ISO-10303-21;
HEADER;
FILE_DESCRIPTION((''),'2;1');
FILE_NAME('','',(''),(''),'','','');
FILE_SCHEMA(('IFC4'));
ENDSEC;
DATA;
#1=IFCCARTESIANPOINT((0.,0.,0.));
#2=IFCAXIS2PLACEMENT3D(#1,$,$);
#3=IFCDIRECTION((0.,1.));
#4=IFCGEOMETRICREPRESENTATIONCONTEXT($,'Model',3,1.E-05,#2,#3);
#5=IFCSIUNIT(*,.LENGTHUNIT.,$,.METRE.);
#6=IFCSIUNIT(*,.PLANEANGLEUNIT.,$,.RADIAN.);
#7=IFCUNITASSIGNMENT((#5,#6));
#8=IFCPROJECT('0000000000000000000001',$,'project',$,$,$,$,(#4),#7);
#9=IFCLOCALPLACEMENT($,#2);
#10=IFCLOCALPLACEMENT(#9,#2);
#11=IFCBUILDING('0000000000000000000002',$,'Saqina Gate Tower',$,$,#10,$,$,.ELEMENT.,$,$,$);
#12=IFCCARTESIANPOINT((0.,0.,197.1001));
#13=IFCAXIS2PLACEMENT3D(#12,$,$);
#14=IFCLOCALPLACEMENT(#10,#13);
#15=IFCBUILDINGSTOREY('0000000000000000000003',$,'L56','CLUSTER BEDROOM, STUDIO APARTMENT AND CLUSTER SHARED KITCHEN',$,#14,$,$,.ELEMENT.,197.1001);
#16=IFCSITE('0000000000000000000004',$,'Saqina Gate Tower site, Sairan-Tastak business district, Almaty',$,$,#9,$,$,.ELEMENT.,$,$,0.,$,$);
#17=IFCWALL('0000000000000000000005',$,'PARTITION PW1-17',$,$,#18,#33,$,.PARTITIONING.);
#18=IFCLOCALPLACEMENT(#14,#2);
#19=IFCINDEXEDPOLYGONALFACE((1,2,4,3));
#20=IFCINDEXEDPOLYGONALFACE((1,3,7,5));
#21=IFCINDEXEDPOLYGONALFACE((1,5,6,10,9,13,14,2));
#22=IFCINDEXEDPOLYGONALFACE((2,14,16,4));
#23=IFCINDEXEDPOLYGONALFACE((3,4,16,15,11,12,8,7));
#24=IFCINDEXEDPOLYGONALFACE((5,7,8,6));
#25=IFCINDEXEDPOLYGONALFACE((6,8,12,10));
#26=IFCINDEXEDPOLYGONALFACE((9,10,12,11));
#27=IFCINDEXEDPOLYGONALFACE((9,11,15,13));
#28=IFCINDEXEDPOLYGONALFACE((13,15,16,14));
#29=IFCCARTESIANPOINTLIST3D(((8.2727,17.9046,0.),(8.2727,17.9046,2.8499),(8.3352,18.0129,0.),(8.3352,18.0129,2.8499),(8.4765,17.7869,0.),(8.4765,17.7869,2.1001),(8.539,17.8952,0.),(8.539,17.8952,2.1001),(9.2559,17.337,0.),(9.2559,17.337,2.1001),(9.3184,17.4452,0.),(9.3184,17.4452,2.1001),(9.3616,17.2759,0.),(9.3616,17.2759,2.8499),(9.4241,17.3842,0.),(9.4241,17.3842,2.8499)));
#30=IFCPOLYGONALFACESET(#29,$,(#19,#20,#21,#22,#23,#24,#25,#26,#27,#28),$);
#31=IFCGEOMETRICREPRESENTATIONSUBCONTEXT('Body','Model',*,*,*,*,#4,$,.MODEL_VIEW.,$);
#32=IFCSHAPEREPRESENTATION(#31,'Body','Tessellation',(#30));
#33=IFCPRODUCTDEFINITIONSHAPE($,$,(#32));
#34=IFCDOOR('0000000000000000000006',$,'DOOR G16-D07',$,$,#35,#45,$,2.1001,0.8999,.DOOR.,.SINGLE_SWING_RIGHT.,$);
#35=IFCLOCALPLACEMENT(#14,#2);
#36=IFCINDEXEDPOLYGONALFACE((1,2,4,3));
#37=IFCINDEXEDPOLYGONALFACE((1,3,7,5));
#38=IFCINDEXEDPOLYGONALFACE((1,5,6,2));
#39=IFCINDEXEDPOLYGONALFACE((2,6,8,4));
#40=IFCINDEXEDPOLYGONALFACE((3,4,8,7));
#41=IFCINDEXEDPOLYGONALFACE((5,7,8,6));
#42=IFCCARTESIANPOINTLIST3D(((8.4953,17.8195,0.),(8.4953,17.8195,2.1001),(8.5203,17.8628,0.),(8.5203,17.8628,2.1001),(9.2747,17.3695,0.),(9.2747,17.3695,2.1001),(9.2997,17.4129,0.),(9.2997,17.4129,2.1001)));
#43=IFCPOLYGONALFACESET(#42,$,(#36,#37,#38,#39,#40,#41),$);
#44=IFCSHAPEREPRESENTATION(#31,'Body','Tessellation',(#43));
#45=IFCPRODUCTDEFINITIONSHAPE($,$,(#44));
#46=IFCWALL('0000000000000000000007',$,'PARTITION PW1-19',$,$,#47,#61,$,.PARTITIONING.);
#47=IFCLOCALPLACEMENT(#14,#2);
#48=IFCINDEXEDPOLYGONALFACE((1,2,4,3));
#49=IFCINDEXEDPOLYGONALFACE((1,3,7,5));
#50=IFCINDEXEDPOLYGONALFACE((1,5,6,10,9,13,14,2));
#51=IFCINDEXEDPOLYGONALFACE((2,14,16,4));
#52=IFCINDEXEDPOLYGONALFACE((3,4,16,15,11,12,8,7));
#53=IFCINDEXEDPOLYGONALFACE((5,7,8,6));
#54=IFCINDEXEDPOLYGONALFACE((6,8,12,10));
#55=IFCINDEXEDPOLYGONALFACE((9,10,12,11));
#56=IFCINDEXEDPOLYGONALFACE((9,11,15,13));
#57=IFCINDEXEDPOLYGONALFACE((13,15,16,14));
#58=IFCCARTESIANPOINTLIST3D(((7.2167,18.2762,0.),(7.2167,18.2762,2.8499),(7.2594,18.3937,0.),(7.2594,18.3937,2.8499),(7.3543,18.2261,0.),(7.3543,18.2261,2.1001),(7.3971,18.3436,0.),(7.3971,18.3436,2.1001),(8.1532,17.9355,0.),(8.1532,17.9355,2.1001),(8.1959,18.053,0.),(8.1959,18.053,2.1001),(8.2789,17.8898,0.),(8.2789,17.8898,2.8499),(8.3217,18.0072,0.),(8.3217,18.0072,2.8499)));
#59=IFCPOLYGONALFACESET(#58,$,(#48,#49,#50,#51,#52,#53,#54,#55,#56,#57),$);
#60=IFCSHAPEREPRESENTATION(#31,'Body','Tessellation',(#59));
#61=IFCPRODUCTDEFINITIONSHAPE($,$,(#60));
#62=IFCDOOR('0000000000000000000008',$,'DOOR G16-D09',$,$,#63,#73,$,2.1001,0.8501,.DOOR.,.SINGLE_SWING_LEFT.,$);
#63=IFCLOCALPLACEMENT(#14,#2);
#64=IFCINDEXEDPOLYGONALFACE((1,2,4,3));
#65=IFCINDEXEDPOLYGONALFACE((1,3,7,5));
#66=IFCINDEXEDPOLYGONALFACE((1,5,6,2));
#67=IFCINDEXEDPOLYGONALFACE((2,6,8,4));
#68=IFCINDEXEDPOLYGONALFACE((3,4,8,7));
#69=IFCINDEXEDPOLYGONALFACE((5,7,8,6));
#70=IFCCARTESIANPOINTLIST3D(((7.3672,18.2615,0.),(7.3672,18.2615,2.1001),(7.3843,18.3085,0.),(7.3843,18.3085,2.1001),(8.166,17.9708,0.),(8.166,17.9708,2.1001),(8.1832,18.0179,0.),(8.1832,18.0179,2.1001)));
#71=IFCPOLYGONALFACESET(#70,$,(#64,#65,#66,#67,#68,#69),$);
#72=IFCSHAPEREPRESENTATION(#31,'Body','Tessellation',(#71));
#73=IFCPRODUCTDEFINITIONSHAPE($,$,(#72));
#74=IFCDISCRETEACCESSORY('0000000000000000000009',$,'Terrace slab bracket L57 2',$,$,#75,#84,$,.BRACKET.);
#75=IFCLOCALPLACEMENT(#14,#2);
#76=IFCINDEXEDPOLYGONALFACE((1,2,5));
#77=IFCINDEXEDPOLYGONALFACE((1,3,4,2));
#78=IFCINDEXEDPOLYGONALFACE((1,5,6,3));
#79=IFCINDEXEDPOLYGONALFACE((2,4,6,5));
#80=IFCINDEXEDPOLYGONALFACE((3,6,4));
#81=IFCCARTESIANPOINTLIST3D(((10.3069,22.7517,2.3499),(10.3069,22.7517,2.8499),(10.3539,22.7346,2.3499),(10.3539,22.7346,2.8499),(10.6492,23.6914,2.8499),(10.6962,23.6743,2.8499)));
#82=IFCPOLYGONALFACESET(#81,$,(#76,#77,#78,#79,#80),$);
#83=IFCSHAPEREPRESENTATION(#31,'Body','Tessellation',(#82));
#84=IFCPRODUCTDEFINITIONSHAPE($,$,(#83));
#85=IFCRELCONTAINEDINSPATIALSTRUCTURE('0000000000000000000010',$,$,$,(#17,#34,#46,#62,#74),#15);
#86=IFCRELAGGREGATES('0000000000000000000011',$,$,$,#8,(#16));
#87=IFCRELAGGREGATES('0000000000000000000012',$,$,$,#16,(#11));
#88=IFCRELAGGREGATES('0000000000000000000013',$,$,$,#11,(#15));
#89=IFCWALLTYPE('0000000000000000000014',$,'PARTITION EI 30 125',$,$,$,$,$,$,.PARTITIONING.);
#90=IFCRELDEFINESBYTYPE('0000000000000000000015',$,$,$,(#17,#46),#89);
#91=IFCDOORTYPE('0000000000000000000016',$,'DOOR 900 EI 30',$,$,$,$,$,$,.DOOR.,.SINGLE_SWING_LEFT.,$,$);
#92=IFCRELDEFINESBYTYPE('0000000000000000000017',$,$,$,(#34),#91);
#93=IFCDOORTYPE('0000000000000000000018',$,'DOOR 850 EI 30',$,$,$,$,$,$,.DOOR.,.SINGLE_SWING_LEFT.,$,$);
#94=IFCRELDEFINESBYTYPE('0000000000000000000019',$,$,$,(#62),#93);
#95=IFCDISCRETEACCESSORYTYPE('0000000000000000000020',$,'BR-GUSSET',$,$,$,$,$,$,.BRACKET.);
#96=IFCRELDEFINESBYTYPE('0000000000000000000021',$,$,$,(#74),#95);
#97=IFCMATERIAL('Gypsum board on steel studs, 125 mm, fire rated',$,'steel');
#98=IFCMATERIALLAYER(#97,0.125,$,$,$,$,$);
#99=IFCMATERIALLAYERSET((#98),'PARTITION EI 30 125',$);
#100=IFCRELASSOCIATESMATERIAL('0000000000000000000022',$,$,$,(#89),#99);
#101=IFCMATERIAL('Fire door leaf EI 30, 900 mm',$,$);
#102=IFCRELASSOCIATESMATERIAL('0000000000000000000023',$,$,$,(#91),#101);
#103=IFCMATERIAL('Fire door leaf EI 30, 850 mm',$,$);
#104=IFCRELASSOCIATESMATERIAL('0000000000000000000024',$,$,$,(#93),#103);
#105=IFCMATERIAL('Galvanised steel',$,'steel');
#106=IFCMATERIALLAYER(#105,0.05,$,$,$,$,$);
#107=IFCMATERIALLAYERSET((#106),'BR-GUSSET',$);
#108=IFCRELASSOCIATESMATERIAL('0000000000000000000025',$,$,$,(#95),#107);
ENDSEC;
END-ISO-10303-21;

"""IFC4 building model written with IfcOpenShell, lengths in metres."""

from ifc_helpers import new_model, si_unit, direction, frame, frame_2d, origin, place, context, subcontext, project, spatial, polyline, rectangle, outline, extrude, material, layer, layer_set, type_object, element, fill, save


model = new_model("IFC4")

# Units and contexts
model_context = context("Model", 3, precision=1e-05, world=origin(), true_north=direction((0.0, 1.0)))
body_context = subcontext(model_context, "Body", "Model", "MODEL_VIEW")
ifc_project = project(units=[si_unit("LENGTHUNIT", "METRE"), si_unit("PLANEANGLEUNIT", "RADIAN")], contexts=[model_context])

# Site, building, storey
site_placement = place(None, origin())
site = spatial("IfcSite", under=ifc_project, at=site_placement, Name="Saqina Gate Tower site, Sairan-Tastak business district, Almaty", CompositionType="ELEMENT", RefElevation=0.0)
building_placement = place(site_placement, origin())
building = spatial("IfcBuilding", under=site, at=building_placement, Name="Saqina Gate Tower", CompositionType="ELEMENT")
storey_placement = place(building_placement, frame((0.0, 0.0, 197.1001)))
storey = spatial("IfcBuildingStorey", under=building, at=storey_placement, Name="L56", Description="CLUSTER BEDROOM, STUDIO APARTMENT AND CLUSTER SHARED KITCHEN", CompositionType="ELEMENT", Elevation=197.1001)

# Walls, openings, doors
ifc_material_1 = material(Name="Gypsum board on steel studs, 125 mm, fire rated", Category="steel")
ifc_layer_1 = layer(ifc_material_1, 0.125)
ifc_layer_set_1 = layer_set([ifc_layer_1], Name="PARTITION EI 30 125")
wall_type_1 = type_object("IfcWallType", Name="PARTITION EI 30 125", PredefinedType="PARTITIONING", material=ifc_layer_set_1)
wall_1_placement = place(storey_placement, frame((8.304, 17.9587, 0.0), z_axis=(0.0, 0.0, 1.0), x_axis=(0.866024, -0.500003, 0.0)))
wall_1 = element("IfcWall", 1, at=wall_1_placement, inside=storey, type_object=wall_type_1, Name="PARTITION PW1-17", PredefinedType="PARTITIONING", context=body_context, shape_type="SweptSolid", body=[
    extrude(rectangle(XDim=1.2573, YDim=0.125, at=frame_2d((0.6287, 0.0))), origin(), (0.0, 0.0, 1.0), 2.8499),
])
opening_1_placement = place(wall_1_placement, frame((0.2354, 0.0, 0.0)))
opening_1 = element("IfcOpeningElement", 2, at=opening_1_placement, cuts=wall_1, PredefinedType="OPENING", context=body_context, shape_type="SweptSolid", body=[
    extrude(rectangle(XDim=0.8999, YDim=2.1001, at=frame_2d((0.45, 1.05))), frame((0.0, 0.0745, 0.0), z_axis=(0.0, -1.0, 0.0), x_axis=(1.0, 0.0, 0.0)), (0.0, 0.0, 1.0), 0.1489),
])
ifc_material_2 = material(Name="Fire door leaf EI 30, 900 mm")
door_type_1 = type_object("IfcDoorType", Name="DOOR 900 EI 30", OperationType="SINGLE_SWING_LEFT", PredefinedType="DOOR", material=ifc_material_2)
door_1_placement = place(opening_1_placement, frame((0.8999, 0.0, 0.0), z_axis=(0.0, 0.0, 1.0), x_axis=(-1.0, 0.0, 0.0)))
door_1 = element("IfcDoor", 3, at=door_1_placement, inside=storey, type_object=door_type_1, Name="DOOR G16-D07", OperationType="SINGLE_SWING_RIGHT", OverallHeight=2.1001, OverallWidth=0.8999, PredefinedType="DOOR", context=body_context, shape_type="SweptSolid", body=[
    extrude(rectangle(XDim=0.8999, YDim=2.1001, at=frame_2d((0.45, 1.05))), frame((0.0, 0.0249, 0.0), z_axis=(0.0, -1.0, 0.0), x_axis=(1.0, 0.0, 0.0)), (0.0, 0.0, 1.0), 0.05),
])
fill(opening_1, door_1)
wall_2_placement = place(storey_placement, frame((7.238, 18.335, 0.0), z_axis=(0.0, 0.0, 1.0), x_axis=(0.939737, -0.341899, 0.0)))
wall_2 = element("IfcWall", 4, at=wall_2_placement, inside=storey, type_object=wall_type_1, Name="PARTITION PW1-19", PredefinedType="PARTITIONING", context=body_context, shape_type="SweptSolid", body=[
    extrude(rectangle(XDim=1.1304, YDim=0.125, at=frame_2d((0.5652, 0.0))), origin(), (0.0, 0.0, 1.0), 2.8499),
])
opening_2_placement = place(wall_2_placement, frame((0.1465, 0.0, 0.0)))
opening_2 = element("IfcOpeningElement", 5, at=opening_2_placement, cuts=wall_2, PredefinedType="OPENING", context=body_context, shape_type="SweptSolid", body=[
    extrude(rectangle(XDim=0.8501, YDim=2.1001, at=frame_2d((0.425, 1.05))), frame((0.0, 0.0745, 0.0), z_axis=(0.0, -1.0, 0.0), x_axis=(1.0, 0.0, 0.0)), (0.0, 0.0, 1.0), 0.1489),
])
ifc_material_3 = material(Name="Fire door leaf EI 30, 850 mm")
door_type_2 = type_object("IfcDoorType", Name="DOOR 850 EI 30", OperationType="SINGLE_SWING_LEFT", PredefinedType="DOOR", material=ifc_material_3)
door_2_placement = place(opening_2_placement, frame((0.8501, 0.0, 0.0), z_axis=(0.0, 0.0, 1.0), x_axis=(-1.0, 0.0, 0.0)))
door_2 = element("IfcDoor", 6, at=door_2_placement, inside=storey, type_object=door_type_2, Name="DOOR G16-D09", OperationType="SINGLE_SWING_LEFT", OverallHeight=2.1001, OverallWidth=0.8501, PredefinedType="DOOR", context=body_context, shape_type="SweptSolid", body=[
    extrude(rectangle(XDim=0.8501, YDim=2.1001, at=frame_2d((0.425, 1.05))), frame((0.0, 0.0249, 0.0), z_axis=(0.0, -1.0, 0.0), x_axis=(1.0, 0.0, 0.0)), (0.0, 0.0, 1.0), 0.05),
])
fill(opening_2, door_2)

# Discrete accessory
ifc_material_4 = material(Name="Galvanised steel", Category="steel")
ifc_layer_2 = layer(ifc_material_4, 0.05)
ifc_layer_set_2 = layer_set([ifc_layer_2], Name="BR-GUSSET")
discrete_accessory_type = type_object("IfcDiscreteAccessoryType", Name="BR-GUSSET", PredefinedType="BRACKET", material=ifc_layer_set_2)
discrete_accessory_placement = place(storey_placement, frame((10.3069, 22.7517, 2.3499), z_axis=(-0.939608, 0.342253, 0.0), x_axis=(0.0, 0.0, 1.0)))
element("IfcDiscreteAccessory", 7, at=discrete_accessory_placement, inside=storey, type_object=discrete_accessory_type, Name="Terrace slab bracket L57 2", PredefinedType="BRACKET", context=body_context, shape_type="SweptSolid", body=[
    extrude(outline(polyline([(0.0, 0.0), (0.5, 0.0), (0.5, 1.0001), (0.0, 0.0)])), origin(), (0.0, 0.0, -1.0), 0.05),
])

save(model, "model.ifc")
